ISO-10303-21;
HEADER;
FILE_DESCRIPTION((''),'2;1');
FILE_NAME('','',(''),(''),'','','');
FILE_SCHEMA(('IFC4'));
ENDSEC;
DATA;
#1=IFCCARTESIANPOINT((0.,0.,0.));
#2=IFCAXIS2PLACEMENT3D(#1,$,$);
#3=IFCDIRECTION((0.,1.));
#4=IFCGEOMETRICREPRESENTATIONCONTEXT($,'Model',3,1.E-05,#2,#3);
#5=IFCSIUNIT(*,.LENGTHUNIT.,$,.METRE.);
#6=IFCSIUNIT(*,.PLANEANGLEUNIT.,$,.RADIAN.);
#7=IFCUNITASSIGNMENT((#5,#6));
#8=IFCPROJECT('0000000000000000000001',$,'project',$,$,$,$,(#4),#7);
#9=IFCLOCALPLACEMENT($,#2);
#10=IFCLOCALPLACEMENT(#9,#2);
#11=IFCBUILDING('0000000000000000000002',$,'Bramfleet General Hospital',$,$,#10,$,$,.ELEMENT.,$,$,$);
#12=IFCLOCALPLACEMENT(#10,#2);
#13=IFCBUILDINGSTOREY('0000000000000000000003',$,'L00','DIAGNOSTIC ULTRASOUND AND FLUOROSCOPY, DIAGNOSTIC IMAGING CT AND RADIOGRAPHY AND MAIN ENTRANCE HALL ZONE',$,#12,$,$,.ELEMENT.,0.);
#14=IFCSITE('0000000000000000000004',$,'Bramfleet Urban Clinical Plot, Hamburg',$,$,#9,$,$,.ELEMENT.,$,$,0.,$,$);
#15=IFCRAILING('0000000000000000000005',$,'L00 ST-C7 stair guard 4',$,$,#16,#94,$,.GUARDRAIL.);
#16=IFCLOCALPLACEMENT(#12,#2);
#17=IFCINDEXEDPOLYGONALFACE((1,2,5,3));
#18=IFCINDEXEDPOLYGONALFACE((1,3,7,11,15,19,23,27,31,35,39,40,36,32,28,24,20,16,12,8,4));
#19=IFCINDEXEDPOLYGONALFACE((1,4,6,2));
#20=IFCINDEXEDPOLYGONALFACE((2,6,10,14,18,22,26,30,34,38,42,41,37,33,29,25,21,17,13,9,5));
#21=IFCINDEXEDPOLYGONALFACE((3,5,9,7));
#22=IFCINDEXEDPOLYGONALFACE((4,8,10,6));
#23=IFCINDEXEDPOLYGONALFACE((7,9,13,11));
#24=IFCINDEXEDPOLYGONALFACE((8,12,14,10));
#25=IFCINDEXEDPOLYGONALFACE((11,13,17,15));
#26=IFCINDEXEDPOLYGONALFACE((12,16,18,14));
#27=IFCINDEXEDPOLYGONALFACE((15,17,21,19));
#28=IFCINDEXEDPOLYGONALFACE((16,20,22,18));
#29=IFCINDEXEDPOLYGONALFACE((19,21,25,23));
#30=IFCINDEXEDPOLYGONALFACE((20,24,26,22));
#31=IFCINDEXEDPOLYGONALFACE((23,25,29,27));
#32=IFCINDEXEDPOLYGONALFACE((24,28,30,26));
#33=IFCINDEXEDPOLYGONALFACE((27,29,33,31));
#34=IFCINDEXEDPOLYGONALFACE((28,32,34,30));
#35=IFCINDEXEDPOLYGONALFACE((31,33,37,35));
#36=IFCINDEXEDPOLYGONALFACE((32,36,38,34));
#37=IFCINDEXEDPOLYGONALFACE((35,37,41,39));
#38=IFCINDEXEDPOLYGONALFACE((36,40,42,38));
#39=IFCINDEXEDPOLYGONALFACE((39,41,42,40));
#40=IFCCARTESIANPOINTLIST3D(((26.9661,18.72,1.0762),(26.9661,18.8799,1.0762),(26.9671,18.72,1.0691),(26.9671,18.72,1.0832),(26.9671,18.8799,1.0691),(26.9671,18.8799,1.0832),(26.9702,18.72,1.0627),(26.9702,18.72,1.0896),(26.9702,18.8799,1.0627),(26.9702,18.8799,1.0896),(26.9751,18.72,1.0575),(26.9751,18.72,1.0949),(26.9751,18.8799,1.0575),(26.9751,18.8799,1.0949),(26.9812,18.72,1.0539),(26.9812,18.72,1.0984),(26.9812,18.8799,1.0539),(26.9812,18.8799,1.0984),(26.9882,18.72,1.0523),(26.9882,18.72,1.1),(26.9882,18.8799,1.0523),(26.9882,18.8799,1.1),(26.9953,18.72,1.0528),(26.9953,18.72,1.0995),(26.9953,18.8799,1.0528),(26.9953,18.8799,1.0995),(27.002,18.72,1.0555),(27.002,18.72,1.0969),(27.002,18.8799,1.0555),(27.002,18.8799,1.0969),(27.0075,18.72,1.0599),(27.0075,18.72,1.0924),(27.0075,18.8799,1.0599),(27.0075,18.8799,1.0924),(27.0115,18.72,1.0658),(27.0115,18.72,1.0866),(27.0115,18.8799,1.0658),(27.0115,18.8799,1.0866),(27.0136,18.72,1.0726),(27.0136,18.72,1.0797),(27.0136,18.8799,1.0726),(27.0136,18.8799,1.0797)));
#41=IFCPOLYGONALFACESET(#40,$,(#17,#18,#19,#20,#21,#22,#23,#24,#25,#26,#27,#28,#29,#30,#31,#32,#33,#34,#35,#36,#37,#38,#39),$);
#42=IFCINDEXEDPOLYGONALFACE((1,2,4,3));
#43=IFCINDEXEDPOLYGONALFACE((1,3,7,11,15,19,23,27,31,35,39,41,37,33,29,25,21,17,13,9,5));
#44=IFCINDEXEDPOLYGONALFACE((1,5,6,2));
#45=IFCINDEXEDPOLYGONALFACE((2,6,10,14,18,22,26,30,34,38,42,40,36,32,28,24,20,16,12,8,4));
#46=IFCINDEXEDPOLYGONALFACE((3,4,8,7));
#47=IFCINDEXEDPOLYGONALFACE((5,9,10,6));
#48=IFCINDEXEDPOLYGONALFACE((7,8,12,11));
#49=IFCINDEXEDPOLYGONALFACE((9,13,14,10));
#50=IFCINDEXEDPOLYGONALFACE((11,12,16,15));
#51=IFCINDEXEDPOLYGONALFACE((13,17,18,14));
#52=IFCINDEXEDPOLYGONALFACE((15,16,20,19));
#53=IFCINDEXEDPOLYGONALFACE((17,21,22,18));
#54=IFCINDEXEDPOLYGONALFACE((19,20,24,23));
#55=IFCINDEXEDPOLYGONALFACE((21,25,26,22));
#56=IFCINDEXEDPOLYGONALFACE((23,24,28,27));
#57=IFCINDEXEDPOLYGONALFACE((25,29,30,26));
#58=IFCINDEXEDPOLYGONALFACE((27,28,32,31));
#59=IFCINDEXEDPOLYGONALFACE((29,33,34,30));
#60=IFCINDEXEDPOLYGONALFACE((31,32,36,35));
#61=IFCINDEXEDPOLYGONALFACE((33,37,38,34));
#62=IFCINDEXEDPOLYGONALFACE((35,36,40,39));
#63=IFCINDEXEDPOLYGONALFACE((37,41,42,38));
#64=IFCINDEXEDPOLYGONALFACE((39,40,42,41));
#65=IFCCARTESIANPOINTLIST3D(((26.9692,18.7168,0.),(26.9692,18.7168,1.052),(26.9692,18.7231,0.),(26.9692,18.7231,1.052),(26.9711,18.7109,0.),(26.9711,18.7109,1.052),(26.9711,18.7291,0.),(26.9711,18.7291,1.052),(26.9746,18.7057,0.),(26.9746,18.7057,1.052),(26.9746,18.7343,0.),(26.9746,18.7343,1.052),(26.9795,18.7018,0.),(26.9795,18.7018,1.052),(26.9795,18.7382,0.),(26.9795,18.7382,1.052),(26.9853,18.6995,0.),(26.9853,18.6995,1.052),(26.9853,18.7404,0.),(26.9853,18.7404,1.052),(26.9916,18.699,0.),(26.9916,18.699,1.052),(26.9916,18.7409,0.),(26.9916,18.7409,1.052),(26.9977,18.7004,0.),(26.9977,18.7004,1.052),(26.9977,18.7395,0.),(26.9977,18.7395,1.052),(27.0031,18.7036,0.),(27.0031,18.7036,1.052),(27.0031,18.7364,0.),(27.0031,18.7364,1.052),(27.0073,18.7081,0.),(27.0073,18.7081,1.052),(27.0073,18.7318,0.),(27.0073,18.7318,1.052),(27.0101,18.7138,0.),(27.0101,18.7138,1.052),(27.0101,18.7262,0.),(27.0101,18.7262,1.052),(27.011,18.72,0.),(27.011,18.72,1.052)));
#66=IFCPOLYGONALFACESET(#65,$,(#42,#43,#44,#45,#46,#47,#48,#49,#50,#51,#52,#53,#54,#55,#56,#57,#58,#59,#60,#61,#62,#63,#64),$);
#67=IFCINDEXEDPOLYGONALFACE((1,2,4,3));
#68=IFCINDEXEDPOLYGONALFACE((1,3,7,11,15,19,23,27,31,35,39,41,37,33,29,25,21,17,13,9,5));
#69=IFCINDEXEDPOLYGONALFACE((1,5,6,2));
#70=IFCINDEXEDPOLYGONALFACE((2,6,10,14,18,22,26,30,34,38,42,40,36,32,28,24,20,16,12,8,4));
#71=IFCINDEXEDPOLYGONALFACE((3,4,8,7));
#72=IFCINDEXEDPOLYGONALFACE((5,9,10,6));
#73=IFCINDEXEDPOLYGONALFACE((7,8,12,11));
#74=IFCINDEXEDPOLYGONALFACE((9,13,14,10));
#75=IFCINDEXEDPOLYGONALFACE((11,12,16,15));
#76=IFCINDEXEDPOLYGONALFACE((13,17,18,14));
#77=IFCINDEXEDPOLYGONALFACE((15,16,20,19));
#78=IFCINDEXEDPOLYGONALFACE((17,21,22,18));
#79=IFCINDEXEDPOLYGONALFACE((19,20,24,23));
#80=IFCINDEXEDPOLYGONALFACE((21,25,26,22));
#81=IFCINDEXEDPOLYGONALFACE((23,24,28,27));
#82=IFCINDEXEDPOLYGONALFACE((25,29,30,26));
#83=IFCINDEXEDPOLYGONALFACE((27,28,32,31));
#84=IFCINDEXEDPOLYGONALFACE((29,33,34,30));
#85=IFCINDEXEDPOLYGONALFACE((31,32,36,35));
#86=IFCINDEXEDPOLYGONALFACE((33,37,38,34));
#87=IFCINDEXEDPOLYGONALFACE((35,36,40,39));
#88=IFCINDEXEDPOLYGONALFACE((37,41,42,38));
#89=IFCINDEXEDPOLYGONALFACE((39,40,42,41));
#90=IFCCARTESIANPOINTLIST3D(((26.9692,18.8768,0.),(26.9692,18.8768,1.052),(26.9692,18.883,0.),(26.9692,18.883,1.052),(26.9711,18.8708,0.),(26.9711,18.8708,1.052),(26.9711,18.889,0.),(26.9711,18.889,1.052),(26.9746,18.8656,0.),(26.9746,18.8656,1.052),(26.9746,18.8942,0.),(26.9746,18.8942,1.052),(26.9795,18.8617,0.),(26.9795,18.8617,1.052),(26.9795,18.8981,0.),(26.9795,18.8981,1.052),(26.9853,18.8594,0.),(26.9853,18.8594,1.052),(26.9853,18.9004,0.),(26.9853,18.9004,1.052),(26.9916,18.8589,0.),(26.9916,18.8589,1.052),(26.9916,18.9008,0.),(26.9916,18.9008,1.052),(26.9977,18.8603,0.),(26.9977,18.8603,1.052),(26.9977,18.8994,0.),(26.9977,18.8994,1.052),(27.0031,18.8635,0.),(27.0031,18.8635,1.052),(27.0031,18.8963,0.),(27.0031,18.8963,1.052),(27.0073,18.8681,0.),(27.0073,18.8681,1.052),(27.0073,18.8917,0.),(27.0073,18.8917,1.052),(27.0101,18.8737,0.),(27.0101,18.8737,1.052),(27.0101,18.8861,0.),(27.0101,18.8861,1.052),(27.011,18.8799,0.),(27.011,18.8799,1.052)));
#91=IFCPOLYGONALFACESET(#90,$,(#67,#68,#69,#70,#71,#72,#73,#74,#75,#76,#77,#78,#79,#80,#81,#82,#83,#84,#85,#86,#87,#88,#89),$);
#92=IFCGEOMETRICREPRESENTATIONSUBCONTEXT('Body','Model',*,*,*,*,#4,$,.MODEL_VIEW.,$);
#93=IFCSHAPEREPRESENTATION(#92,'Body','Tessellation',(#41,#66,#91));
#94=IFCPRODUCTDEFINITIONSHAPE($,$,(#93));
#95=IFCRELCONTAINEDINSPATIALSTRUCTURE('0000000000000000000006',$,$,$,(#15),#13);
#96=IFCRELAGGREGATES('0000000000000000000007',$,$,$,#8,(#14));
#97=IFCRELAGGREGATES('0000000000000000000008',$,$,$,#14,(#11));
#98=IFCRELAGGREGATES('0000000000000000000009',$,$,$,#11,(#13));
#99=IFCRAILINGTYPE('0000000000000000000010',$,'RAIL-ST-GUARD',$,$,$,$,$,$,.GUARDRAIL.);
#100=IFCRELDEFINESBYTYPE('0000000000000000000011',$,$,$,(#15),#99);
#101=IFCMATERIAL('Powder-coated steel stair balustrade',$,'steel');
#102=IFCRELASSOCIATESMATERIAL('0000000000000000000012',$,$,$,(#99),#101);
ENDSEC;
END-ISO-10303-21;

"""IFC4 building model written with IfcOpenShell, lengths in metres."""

from ifc_helpers import new_model, si_unit, direction, frame, origin, origin_2d, place, context, subcontext, project, spatial, circle, extrude, material, type_object, element, save


model = new_model("IFC4")

# Units and contexts
model_context = context("Model", 3, precision=1e-05, world=origin(), true_north=direction((0.0, 1.0)))
body_context = subcontext(model_context, "Body", "Model", "MODEL_VIEW")
ifc_project = project(units=[si_unit("LENGTHUNIT", "METRE"), si_unit("PLANEANGLEUNIT", "RADIAN")], contexts=[model_context])

# Site, building, storey
site_placement = place(None, origin())
site = spatial("IfcSite", under=ifc_project, at=site_placement, Name="Bramfleet Urban Clinical Plot, Hamburg", CompositionType="ELEMENT", RefElevation=0.0)
building_placement = place(site_placement, origin())
building = spatial("IfcBuilding", under=site, at=building_placement, Name="Bramfleet General Hospital", CompositionType="ELEMENT")
storey_placement = place(building_placement, origin())
storey = spatial("IfcBuildingStorey", under=building, at=storey_placement, Name="L00", Description="DIAGNOSTIC ULTRASOUND AND FLUOROSCOPY, DIAGNOSTIC IMAGING CT AND RADIOGRAPHY AND MAIN ENTRANCE HALL ZONE", CompositionType="ELEMENT", Elevation=0.0)

# Railing
ifc_material_1 = material(Name="Powder-coated steel stair balustrade", Category="steel")
railing_type_1 = type_object("IfcRailingType", Name="RAIL-ST-GUARD", PredefinedType="GUARDRAIL", material=ifc_material_1)
railing_1_placement = place(storey_placement, frame((26.99, 18.72, 0.0)))
element("IfcRailing", 1, at=railing_1_placement, inside=storey, type_object=railing_type_1, Name="L00 ST-C7 stair guard 4", PredefinedType="GUARDRAIL", context=body_context, shape_type="SweptSolid", body=[
    extrude(circle(Radius=0.0239, at=origin_2d()), frame((0.0, 0.0, 1.0762), z_axis=(0.0, 1.0, 0.0), x_axis=(-1.0, 0.0, 0.0)), (0.0, 0.0, 1.0), 0.1599),
    extrude(circle(Radius=0.021, at=origin_2d()), origin(), (0.0, 0.0, 1.0), 1.052),
    extrude(circle(Radius=0.021, at=origin_2d()), frame((0.0, 0.1599, 0.0)), (0.0, 0.0, 1.0), 1.052),
])

save(model, "model.ifc")
